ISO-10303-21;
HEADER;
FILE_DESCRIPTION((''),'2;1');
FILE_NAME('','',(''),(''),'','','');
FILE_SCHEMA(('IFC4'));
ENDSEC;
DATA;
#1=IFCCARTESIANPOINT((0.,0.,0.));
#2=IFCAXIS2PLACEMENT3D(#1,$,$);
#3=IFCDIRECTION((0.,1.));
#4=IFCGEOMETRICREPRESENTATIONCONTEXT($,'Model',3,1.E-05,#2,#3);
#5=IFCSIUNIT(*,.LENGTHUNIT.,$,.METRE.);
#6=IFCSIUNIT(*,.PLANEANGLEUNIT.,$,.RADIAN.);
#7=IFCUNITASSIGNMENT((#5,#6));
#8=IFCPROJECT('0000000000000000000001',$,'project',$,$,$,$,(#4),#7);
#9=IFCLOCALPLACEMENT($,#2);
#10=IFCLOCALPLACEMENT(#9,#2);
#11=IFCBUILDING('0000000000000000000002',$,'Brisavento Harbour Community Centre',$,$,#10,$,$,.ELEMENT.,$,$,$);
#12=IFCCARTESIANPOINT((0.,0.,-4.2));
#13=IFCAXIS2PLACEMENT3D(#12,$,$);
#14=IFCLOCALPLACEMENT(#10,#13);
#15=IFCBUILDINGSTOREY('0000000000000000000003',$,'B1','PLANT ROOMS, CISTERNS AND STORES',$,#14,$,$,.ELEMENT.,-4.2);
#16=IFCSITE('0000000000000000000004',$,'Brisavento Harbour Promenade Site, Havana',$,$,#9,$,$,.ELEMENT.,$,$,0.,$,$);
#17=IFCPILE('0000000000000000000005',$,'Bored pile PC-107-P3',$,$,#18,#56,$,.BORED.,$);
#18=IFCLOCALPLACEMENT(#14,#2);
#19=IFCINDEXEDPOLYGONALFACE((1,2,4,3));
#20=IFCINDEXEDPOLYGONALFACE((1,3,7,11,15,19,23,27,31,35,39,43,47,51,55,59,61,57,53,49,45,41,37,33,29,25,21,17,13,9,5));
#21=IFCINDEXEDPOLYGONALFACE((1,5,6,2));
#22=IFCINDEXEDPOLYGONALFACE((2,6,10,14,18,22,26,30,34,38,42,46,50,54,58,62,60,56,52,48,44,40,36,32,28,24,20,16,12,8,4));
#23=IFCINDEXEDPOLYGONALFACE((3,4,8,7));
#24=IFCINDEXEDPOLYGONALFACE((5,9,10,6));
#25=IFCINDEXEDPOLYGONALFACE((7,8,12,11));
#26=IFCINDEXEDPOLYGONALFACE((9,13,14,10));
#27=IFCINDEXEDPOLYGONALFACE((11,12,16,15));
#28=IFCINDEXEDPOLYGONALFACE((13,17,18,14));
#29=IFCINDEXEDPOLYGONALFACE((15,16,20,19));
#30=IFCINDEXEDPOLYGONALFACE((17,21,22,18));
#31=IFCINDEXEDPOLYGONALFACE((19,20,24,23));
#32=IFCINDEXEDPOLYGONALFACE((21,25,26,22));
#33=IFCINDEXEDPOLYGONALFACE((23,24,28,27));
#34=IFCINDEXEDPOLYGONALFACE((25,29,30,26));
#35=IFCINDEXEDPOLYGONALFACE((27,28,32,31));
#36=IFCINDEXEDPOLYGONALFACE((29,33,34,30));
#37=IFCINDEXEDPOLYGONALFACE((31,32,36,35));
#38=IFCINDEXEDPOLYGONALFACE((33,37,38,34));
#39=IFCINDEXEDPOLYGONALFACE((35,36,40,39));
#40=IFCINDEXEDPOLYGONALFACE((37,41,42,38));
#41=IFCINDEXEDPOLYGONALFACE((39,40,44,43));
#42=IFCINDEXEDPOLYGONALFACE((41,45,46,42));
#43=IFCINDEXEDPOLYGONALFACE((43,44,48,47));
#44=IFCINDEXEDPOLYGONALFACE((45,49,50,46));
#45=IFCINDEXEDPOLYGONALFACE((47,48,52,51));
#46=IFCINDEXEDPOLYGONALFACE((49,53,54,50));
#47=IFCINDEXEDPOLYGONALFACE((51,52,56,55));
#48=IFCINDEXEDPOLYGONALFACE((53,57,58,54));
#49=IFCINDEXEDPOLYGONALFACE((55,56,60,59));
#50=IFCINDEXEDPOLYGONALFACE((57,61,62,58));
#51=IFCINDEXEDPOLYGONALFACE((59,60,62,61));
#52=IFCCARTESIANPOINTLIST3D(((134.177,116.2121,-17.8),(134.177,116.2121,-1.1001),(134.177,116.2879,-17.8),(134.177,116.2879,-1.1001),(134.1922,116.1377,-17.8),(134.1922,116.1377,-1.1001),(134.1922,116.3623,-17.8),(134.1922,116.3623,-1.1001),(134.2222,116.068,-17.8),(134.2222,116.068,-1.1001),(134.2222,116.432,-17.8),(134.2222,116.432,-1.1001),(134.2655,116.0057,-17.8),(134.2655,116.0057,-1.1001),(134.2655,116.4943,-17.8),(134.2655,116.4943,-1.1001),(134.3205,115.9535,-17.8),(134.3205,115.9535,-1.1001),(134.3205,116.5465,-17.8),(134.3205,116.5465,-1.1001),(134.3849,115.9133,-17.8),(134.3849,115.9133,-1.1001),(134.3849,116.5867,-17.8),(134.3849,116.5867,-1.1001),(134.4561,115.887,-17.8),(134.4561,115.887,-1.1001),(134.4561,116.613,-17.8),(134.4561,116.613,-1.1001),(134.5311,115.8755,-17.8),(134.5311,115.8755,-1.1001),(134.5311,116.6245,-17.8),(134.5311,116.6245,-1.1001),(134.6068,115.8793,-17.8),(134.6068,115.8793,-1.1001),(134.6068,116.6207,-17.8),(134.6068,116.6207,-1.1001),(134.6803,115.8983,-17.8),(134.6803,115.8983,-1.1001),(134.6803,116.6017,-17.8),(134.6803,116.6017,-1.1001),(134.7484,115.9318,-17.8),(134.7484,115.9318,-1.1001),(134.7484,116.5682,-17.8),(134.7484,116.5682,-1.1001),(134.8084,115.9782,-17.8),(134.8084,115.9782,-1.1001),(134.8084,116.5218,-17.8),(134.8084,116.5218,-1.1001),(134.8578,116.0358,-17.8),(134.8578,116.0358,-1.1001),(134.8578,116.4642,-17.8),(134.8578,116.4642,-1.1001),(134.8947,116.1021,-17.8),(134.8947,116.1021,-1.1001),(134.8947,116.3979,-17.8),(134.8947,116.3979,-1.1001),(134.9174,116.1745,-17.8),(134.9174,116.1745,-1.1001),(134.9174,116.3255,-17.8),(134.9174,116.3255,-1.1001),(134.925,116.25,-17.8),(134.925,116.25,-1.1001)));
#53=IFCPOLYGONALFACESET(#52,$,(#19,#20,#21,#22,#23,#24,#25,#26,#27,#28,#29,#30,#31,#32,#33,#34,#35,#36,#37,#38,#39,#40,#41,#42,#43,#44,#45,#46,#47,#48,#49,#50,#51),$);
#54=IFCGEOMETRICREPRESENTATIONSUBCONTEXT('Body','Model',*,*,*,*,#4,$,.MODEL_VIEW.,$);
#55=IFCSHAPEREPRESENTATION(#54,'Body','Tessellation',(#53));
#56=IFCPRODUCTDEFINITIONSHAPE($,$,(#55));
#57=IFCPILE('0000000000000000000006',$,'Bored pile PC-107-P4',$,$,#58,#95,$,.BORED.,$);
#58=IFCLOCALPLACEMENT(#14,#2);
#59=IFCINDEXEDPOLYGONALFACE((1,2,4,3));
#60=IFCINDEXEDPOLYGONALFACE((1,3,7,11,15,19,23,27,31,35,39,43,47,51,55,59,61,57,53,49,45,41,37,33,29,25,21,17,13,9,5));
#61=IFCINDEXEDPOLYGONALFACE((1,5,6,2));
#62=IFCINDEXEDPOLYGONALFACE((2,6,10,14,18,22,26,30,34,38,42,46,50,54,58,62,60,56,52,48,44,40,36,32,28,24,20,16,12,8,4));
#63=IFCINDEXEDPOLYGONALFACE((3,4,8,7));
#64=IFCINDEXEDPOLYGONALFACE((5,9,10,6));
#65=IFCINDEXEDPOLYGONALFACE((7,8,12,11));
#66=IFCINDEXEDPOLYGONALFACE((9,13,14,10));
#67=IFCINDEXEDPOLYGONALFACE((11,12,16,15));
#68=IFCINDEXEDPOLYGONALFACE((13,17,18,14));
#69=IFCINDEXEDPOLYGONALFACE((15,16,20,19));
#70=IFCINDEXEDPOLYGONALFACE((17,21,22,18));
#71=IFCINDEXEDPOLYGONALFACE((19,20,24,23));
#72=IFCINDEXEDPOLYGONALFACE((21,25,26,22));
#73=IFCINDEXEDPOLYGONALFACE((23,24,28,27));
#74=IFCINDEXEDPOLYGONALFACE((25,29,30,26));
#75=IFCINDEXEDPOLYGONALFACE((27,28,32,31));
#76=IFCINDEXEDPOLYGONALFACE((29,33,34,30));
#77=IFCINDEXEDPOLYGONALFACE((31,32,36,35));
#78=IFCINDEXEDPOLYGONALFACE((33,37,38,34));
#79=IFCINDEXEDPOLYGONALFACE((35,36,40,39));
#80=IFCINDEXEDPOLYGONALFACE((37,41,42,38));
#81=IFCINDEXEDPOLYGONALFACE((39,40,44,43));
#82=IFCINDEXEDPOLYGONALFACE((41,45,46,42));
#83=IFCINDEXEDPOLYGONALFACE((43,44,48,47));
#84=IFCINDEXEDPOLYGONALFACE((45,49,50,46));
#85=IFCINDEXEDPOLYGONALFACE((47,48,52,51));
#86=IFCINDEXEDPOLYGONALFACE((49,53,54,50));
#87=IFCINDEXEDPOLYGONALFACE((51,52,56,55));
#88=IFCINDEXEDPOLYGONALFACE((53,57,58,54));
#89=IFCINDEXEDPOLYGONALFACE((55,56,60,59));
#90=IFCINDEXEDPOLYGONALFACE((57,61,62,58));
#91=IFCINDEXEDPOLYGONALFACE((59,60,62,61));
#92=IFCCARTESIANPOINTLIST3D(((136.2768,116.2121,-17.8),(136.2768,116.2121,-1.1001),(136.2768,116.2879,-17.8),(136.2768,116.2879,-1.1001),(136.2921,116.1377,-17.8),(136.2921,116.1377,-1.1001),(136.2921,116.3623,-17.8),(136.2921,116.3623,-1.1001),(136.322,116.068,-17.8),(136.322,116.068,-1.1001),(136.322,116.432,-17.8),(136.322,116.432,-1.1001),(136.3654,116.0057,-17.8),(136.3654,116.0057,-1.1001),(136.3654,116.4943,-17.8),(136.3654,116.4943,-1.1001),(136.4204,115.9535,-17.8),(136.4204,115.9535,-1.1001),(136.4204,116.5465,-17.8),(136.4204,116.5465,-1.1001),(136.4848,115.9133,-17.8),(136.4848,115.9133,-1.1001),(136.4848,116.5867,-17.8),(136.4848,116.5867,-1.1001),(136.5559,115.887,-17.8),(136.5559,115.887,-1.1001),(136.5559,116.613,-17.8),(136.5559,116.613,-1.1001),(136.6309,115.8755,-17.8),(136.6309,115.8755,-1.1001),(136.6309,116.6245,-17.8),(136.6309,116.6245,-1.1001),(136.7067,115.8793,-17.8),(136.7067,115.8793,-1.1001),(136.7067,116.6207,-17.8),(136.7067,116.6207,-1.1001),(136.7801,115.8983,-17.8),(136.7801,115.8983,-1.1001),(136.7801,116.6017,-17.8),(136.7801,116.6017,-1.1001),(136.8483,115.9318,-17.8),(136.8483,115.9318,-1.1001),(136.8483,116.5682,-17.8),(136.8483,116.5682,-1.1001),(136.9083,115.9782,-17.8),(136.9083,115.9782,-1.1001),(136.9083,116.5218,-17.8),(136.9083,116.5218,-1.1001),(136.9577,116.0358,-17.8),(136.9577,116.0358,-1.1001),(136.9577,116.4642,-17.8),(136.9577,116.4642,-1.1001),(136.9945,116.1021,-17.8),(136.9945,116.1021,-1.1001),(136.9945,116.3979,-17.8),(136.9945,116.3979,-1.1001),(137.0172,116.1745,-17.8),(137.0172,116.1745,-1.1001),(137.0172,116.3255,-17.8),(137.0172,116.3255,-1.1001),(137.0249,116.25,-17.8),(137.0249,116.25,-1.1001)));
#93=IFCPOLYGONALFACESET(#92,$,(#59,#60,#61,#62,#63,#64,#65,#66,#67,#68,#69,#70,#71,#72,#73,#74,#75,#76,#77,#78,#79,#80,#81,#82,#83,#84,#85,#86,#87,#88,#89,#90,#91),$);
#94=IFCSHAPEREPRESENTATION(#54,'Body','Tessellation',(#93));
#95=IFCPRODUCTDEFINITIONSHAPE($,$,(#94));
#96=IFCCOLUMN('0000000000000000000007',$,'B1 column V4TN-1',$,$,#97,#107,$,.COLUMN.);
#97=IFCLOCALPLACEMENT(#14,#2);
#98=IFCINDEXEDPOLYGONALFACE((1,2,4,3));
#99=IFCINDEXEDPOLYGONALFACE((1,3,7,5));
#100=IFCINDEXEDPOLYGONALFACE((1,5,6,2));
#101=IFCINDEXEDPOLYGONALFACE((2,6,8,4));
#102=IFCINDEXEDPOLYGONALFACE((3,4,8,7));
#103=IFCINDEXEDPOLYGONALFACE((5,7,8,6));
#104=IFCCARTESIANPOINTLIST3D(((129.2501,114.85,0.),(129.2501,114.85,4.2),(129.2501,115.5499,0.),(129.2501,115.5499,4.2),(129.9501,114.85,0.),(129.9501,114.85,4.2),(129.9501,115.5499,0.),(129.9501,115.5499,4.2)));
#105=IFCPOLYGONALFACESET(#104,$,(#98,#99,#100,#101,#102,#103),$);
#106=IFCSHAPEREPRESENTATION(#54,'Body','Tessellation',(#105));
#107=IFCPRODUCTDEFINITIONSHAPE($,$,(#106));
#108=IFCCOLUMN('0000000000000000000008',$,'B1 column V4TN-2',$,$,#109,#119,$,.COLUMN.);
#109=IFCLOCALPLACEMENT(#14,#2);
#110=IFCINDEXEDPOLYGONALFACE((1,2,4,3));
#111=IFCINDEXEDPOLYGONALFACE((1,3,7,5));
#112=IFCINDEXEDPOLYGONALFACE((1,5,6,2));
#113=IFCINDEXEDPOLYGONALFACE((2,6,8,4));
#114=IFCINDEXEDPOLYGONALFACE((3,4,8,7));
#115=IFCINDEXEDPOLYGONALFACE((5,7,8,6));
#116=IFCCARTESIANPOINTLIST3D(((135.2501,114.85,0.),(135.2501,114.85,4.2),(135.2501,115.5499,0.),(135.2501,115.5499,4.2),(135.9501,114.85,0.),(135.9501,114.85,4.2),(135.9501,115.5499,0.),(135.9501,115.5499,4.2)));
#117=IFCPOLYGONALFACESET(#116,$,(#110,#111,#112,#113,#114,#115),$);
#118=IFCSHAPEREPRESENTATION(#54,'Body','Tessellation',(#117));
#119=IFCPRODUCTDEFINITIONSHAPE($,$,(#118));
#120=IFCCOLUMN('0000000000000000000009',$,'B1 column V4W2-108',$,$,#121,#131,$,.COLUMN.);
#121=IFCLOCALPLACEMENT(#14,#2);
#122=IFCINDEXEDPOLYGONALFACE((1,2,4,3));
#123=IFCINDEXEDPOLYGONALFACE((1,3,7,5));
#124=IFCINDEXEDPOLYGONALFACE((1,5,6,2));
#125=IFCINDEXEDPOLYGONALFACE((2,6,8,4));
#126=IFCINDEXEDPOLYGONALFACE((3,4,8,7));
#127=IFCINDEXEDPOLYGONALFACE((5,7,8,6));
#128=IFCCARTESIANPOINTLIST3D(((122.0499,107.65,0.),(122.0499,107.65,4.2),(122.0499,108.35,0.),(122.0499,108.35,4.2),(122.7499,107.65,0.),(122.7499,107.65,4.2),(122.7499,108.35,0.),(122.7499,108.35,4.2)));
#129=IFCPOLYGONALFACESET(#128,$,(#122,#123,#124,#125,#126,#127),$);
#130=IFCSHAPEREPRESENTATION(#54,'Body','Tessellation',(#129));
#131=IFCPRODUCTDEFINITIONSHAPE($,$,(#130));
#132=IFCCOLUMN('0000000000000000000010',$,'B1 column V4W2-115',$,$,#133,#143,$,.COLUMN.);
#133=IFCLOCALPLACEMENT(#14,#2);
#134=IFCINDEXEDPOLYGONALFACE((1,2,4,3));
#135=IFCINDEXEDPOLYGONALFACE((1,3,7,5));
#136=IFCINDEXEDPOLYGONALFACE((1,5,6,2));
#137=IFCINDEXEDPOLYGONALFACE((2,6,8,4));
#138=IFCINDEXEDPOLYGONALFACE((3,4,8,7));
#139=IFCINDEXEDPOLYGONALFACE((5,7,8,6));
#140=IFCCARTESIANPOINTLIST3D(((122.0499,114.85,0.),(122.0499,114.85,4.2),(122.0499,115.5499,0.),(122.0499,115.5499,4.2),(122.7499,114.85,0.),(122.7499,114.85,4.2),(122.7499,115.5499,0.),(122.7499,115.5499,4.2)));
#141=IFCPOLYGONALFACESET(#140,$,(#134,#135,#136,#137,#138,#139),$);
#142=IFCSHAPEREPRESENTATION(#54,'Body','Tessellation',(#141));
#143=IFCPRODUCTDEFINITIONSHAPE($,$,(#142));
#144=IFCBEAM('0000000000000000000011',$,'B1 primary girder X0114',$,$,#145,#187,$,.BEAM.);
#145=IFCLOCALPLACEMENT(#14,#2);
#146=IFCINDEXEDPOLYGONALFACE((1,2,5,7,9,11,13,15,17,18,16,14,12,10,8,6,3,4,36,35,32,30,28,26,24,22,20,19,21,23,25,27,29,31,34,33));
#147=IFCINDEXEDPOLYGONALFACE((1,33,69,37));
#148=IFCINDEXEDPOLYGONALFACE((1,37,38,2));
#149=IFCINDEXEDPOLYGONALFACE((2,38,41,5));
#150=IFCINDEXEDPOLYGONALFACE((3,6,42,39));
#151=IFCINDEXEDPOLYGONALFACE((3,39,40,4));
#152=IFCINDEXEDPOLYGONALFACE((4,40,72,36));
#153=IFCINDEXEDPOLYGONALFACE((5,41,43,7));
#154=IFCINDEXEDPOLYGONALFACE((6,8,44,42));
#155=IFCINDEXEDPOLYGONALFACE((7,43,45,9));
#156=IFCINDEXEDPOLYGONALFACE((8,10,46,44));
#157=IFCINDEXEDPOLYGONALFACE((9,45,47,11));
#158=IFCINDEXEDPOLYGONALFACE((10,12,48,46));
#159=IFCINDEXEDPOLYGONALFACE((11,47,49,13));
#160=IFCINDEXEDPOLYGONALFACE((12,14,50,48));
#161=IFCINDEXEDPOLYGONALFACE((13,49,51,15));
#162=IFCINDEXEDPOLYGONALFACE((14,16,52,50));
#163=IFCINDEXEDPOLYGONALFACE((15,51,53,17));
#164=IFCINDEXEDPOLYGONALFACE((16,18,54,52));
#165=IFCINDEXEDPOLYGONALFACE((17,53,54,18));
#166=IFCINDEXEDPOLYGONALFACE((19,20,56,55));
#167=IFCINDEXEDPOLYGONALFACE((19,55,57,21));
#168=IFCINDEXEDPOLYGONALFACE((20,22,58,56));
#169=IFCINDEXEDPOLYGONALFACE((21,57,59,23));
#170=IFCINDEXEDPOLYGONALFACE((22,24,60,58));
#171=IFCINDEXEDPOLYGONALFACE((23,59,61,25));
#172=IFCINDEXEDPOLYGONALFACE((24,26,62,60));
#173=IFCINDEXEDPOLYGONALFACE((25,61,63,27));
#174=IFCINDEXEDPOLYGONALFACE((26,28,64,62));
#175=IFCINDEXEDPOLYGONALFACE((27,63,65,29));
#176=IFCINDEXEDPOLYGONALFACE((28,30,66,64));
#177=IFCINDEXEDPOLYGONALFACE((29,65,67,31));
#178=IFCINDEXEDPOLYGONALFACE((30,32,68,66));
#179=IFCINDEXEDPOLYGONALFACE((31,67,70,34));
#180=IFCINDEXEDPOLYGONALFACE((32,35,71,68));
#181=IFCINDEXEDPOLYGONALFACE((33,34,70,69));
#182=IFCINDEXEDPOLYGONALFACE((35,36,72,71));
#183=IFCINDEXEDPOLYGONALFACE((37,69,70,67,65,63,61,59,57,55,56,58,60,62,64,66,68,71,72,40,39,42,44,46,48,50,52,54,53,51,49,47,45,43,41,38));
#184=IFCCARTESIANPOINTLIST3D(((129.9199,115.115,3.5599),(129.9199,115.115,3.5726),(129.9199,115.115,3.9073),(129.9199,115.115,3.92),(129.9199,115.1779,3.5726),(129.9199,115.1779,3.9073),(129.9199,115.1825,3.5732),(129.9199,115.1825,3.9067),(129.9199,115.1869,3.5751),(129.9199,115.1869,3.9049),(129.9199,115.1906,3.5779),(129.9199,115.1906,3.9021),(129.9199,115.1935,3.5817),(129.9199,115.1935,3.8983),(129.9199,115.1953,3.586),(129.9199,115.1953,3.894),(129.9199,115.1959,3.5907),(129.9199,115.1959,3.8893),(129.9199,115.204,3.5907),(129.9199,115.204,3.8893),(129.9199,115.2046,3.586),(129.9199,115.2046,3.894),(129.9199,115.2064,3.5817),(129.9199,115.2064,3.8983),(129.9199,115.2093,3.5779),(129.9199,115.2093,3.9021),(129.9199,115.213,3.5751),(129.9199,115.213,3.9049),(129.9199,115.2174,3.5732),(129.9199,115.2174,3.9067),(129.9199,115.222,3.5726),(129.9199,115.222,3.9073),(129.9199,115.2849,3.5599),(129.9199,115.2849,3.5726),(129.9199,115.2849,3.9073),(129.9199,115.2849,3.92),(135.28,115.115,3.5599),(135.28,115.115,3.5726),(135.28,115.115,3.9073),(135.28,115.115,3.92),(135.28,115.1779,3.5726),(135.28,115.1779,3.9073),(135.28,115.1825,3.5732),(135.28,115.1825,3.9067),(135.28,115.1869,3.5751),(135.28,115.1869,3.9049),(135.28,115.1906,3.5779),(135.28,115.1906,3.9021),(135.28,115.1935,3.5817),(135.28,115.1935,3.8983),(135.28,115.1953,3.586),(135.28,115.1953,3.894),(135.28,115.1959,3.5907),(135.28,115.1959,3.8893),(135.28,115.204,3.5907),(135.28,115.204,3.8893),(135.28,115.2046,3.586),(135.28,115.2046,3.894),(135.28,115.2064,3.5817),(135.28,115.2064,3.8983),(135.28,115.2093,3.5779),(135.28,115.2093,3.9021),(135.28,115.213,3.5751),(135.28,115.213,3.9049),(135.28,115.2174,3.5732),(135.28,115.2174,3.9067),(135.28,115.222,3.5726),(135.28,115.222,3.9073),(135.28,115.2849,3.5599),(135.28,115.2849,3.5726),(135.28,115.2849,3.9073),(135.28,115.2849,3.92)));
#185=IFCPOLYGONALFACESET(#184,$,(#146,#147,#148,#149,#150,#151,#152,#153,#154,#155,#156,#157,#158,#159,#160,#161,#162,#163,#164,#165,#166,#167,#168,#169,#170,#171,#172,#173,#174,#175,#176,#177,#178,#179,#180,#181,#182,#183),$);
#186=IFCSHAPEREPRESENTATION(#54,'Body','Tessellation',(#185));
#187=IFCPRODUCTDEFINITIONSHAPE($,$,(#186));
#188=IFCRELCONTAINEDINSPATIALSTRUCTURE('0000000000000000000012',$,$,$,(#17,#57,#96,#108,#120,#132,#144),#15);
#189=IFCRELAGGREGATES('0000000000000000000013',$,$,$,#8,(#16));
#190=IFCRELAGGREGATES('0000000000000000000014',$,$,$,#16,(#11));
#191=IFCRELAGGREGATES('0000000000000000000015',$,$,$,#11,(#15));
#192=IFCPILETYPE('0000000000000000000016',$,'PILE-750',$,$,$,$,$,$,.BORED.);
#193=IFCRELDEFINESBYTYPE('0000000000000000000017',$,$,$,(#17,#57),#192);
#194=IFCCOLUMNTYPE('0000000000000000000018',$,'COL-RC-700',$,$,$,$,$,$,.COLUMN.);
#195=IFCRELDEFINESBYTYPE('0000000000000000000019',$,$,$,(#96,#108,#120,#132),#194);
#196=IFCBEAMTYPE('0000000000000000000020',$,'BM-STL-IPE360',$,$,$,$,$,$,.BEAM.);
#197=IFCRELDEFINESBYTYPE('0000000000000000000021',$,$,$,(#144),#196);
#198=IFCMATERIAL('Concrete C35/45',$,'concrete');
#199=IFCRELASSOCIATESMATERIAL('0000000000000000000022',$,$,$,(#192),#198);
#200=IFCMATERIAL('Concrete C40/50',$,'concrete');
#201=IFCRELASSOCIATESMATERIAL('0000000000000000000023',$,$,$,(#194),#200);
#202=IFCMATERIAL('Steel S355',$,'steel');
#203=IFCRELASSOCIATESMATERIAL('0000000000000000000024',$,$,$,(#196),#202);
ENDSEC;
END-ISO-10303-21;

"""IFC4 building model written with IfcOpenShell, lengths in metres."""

from ifc_helpers import new_model, si_unit, direction, frame, origin, origin_2d, place, context, subcontext, project, spatial, rectangle, circle, i_section, extrude, material, material_profile, profile_set, type_object, element, save


model = new_model("IFC4")

# Units and contexts
model_context = context("Model", 3, precision=1e-05, world=origin(), true_north=direction((0.0, 1.0)))
body_context = subcontext(model_context, "Body", "Model", "MODEL_VIEW")
ifc_project = project(units=[si_unit("LENGTHUNIT", "METRE"), si_unit("PLANEANGLEUNIT", "RADIAN")], contexts=[model_context])

# Site, building, storey
site_placement = place(None, origin())
site = spatial("IfcSite", under=ifc_project, at=site_placement, Name="Brisavento Harbour Promenade Site, Havana", CompositionType="ELEMENT", RefElevation=0.0)
building_placement = place(site_placement, origin())
building = spatial("IfcBuilding", under=site, at=building_placement, Name="Brisavento Harbour Community Centre", CompositionType="ELEMENT")
storey_placement = place(building_placement, frame((0.0, 0.0, -4.2)))
storey = spatial("IfcBuildingStorey", under=building, at=storey_placement, Name="B1", Description="PLANT ROOMS, CISTERNS AND STORES", CompositionType="ELEMENT", Elevation=-4.2)

# Shared definitions
ifc_material_1 = material(Name="Concrete C35/45", Category="concrete")

# Piles
ifc_material_profile_1 = material_profile(ifc_material_1, circle(Radius=0.375, at=origin_2d()), Name="Concrete C35/45")
ifc_profile_set_1 = profile_set([ifc_material_profile_1], Name="Concrete C35/45")
pile_type_1 = type_object("IfcPileType", Name="PILE-750", PredefinedType="BORED", material=ifc_profile_set_1)
for number, where, z_axis, x_axis, name in (
    (1, (134.55, 116.25, -1.1001), (0.0, 0.0, -1.0), (1.0, 0.0, 0.0), "Bored pile PC-107-P3"),
    (2, (136.6499, 116.25, -1.1001), (0.0, 0.0, -1.0), (1.0, 0.0, 0.0), "Bored pile PC-107-P4"),
):
    element("IfcPile", number, at=place(storey_placement, frame(where, z_axis=z_axis, x_axis=x_axis)), inside=storey, type_object=pile_type_1, Name=name, PredefinedType="BORED", context=body_context, shape_type="SweptSolid", body=[
        extrude(circle(Radius=0.375, at=origin_2d()), origin(), (0.0, 0.0, 1.0), 16.7),
    ])

# Columns
ifc_material_2 = material(Name="Concrete C40/50", Category="concrete")
ifc_material_profile_2 = material_profile(ifc_material_2, rectangle(XDim=0.7, YDim=0.7, at=origin_2d()), Name="Concrete C40/50")
ifc_profile_set_2 = profile_set([ifc_material_profile_2], Name="Concrete C40/50")
column_type = type_object("IfcColumnType", Name="COL-RC-700", PredefinedType="COLUMN", material=ifc_profile_set_2)
for number, where, z_axis, x_axis, name in (
    (3, (129.6001, 115.2, 0.0), (0.0, 0.0, 1.0), (1.0, 0.0, 0.0), "B1 column V4TN-1"),
    (4, (135.6001, 115.2, 0.0), (0.0, 0.0, 1.0), (1.0, 0.0, 0.0), "B1 column V4TN-2"),
    (5, (122.3999, 108.0, 0.0), (0.0, 0.0, 1.0), (1.0, 0.0, 0.0), "B1 column V4W2-108"),
    (6, (122.3999, 115.2, 0.0), (0.0, 0.0, 1.0), (1.0, 0.0, 0.0), "B1 column V4W2-115"),
):
    element("IfcColumn", number, at=place(storey_placement, frame(where, z_axis=z_axis, x_axis=x_axis)), inside=storey, type_object=column_type, Name=name, PredefinedType="COLUMN", context=body_context, shape_type="SweptSolid", body=[
        extrude(rectangle(XDim=0.7, YDim=0.7, at=origin_2d()), origin(), (0.0, 0.0, 1.0), 4.2),
    ])

# Beam
ifc_material_3 = material(Name="Steel S355", Category="steel")
ifc_material_profile_3 = material_profile(ifc_material_3, i_section(OverallWidth=0.1699, OverallDepth=0.3601, WebThickness=0.0081, FlangeThickness=0.0127, FilletRadius=0.0181, at=origin_2d()), Name="Steel S355")
ifc_profile_set_3 = profile_set([ifc_material_profile_3], Name="Steel S355")
beam_type_1 = type_object("IfcBeamType", Name="BM-STL-IPE360", PredefinedType="BEAM", material=ifc_profile_set_3)
for number, where, z_axis, x_axis, name in (
    (7, (129.9199, 115.2, 3.74), (1.0, 0.0, 0.0), (0.0, 1.0, 0.0), "B1 primary girder X0114"),
):
    element("IfcBeam", number, at=place(storey_placement, frame(where, z_axis=z_axis, x_axis=x_axis)), inside=storey, type_object=beam_type_1, Name=name, PredefinedType="BEAM", context=body_context, shape_type="SweptSolid", body=[
        extrude(i_section(OverallWidth=0.1699, OverallDepth=0.3601, WebThickness=0.0081, FlangeThickness=0.0127, FilletRadius=0.0181, at=origin_2d()), origin(), (0.0, 0.0, 1.0), 5.3601),
    ])

save(model, "model.ifc")
